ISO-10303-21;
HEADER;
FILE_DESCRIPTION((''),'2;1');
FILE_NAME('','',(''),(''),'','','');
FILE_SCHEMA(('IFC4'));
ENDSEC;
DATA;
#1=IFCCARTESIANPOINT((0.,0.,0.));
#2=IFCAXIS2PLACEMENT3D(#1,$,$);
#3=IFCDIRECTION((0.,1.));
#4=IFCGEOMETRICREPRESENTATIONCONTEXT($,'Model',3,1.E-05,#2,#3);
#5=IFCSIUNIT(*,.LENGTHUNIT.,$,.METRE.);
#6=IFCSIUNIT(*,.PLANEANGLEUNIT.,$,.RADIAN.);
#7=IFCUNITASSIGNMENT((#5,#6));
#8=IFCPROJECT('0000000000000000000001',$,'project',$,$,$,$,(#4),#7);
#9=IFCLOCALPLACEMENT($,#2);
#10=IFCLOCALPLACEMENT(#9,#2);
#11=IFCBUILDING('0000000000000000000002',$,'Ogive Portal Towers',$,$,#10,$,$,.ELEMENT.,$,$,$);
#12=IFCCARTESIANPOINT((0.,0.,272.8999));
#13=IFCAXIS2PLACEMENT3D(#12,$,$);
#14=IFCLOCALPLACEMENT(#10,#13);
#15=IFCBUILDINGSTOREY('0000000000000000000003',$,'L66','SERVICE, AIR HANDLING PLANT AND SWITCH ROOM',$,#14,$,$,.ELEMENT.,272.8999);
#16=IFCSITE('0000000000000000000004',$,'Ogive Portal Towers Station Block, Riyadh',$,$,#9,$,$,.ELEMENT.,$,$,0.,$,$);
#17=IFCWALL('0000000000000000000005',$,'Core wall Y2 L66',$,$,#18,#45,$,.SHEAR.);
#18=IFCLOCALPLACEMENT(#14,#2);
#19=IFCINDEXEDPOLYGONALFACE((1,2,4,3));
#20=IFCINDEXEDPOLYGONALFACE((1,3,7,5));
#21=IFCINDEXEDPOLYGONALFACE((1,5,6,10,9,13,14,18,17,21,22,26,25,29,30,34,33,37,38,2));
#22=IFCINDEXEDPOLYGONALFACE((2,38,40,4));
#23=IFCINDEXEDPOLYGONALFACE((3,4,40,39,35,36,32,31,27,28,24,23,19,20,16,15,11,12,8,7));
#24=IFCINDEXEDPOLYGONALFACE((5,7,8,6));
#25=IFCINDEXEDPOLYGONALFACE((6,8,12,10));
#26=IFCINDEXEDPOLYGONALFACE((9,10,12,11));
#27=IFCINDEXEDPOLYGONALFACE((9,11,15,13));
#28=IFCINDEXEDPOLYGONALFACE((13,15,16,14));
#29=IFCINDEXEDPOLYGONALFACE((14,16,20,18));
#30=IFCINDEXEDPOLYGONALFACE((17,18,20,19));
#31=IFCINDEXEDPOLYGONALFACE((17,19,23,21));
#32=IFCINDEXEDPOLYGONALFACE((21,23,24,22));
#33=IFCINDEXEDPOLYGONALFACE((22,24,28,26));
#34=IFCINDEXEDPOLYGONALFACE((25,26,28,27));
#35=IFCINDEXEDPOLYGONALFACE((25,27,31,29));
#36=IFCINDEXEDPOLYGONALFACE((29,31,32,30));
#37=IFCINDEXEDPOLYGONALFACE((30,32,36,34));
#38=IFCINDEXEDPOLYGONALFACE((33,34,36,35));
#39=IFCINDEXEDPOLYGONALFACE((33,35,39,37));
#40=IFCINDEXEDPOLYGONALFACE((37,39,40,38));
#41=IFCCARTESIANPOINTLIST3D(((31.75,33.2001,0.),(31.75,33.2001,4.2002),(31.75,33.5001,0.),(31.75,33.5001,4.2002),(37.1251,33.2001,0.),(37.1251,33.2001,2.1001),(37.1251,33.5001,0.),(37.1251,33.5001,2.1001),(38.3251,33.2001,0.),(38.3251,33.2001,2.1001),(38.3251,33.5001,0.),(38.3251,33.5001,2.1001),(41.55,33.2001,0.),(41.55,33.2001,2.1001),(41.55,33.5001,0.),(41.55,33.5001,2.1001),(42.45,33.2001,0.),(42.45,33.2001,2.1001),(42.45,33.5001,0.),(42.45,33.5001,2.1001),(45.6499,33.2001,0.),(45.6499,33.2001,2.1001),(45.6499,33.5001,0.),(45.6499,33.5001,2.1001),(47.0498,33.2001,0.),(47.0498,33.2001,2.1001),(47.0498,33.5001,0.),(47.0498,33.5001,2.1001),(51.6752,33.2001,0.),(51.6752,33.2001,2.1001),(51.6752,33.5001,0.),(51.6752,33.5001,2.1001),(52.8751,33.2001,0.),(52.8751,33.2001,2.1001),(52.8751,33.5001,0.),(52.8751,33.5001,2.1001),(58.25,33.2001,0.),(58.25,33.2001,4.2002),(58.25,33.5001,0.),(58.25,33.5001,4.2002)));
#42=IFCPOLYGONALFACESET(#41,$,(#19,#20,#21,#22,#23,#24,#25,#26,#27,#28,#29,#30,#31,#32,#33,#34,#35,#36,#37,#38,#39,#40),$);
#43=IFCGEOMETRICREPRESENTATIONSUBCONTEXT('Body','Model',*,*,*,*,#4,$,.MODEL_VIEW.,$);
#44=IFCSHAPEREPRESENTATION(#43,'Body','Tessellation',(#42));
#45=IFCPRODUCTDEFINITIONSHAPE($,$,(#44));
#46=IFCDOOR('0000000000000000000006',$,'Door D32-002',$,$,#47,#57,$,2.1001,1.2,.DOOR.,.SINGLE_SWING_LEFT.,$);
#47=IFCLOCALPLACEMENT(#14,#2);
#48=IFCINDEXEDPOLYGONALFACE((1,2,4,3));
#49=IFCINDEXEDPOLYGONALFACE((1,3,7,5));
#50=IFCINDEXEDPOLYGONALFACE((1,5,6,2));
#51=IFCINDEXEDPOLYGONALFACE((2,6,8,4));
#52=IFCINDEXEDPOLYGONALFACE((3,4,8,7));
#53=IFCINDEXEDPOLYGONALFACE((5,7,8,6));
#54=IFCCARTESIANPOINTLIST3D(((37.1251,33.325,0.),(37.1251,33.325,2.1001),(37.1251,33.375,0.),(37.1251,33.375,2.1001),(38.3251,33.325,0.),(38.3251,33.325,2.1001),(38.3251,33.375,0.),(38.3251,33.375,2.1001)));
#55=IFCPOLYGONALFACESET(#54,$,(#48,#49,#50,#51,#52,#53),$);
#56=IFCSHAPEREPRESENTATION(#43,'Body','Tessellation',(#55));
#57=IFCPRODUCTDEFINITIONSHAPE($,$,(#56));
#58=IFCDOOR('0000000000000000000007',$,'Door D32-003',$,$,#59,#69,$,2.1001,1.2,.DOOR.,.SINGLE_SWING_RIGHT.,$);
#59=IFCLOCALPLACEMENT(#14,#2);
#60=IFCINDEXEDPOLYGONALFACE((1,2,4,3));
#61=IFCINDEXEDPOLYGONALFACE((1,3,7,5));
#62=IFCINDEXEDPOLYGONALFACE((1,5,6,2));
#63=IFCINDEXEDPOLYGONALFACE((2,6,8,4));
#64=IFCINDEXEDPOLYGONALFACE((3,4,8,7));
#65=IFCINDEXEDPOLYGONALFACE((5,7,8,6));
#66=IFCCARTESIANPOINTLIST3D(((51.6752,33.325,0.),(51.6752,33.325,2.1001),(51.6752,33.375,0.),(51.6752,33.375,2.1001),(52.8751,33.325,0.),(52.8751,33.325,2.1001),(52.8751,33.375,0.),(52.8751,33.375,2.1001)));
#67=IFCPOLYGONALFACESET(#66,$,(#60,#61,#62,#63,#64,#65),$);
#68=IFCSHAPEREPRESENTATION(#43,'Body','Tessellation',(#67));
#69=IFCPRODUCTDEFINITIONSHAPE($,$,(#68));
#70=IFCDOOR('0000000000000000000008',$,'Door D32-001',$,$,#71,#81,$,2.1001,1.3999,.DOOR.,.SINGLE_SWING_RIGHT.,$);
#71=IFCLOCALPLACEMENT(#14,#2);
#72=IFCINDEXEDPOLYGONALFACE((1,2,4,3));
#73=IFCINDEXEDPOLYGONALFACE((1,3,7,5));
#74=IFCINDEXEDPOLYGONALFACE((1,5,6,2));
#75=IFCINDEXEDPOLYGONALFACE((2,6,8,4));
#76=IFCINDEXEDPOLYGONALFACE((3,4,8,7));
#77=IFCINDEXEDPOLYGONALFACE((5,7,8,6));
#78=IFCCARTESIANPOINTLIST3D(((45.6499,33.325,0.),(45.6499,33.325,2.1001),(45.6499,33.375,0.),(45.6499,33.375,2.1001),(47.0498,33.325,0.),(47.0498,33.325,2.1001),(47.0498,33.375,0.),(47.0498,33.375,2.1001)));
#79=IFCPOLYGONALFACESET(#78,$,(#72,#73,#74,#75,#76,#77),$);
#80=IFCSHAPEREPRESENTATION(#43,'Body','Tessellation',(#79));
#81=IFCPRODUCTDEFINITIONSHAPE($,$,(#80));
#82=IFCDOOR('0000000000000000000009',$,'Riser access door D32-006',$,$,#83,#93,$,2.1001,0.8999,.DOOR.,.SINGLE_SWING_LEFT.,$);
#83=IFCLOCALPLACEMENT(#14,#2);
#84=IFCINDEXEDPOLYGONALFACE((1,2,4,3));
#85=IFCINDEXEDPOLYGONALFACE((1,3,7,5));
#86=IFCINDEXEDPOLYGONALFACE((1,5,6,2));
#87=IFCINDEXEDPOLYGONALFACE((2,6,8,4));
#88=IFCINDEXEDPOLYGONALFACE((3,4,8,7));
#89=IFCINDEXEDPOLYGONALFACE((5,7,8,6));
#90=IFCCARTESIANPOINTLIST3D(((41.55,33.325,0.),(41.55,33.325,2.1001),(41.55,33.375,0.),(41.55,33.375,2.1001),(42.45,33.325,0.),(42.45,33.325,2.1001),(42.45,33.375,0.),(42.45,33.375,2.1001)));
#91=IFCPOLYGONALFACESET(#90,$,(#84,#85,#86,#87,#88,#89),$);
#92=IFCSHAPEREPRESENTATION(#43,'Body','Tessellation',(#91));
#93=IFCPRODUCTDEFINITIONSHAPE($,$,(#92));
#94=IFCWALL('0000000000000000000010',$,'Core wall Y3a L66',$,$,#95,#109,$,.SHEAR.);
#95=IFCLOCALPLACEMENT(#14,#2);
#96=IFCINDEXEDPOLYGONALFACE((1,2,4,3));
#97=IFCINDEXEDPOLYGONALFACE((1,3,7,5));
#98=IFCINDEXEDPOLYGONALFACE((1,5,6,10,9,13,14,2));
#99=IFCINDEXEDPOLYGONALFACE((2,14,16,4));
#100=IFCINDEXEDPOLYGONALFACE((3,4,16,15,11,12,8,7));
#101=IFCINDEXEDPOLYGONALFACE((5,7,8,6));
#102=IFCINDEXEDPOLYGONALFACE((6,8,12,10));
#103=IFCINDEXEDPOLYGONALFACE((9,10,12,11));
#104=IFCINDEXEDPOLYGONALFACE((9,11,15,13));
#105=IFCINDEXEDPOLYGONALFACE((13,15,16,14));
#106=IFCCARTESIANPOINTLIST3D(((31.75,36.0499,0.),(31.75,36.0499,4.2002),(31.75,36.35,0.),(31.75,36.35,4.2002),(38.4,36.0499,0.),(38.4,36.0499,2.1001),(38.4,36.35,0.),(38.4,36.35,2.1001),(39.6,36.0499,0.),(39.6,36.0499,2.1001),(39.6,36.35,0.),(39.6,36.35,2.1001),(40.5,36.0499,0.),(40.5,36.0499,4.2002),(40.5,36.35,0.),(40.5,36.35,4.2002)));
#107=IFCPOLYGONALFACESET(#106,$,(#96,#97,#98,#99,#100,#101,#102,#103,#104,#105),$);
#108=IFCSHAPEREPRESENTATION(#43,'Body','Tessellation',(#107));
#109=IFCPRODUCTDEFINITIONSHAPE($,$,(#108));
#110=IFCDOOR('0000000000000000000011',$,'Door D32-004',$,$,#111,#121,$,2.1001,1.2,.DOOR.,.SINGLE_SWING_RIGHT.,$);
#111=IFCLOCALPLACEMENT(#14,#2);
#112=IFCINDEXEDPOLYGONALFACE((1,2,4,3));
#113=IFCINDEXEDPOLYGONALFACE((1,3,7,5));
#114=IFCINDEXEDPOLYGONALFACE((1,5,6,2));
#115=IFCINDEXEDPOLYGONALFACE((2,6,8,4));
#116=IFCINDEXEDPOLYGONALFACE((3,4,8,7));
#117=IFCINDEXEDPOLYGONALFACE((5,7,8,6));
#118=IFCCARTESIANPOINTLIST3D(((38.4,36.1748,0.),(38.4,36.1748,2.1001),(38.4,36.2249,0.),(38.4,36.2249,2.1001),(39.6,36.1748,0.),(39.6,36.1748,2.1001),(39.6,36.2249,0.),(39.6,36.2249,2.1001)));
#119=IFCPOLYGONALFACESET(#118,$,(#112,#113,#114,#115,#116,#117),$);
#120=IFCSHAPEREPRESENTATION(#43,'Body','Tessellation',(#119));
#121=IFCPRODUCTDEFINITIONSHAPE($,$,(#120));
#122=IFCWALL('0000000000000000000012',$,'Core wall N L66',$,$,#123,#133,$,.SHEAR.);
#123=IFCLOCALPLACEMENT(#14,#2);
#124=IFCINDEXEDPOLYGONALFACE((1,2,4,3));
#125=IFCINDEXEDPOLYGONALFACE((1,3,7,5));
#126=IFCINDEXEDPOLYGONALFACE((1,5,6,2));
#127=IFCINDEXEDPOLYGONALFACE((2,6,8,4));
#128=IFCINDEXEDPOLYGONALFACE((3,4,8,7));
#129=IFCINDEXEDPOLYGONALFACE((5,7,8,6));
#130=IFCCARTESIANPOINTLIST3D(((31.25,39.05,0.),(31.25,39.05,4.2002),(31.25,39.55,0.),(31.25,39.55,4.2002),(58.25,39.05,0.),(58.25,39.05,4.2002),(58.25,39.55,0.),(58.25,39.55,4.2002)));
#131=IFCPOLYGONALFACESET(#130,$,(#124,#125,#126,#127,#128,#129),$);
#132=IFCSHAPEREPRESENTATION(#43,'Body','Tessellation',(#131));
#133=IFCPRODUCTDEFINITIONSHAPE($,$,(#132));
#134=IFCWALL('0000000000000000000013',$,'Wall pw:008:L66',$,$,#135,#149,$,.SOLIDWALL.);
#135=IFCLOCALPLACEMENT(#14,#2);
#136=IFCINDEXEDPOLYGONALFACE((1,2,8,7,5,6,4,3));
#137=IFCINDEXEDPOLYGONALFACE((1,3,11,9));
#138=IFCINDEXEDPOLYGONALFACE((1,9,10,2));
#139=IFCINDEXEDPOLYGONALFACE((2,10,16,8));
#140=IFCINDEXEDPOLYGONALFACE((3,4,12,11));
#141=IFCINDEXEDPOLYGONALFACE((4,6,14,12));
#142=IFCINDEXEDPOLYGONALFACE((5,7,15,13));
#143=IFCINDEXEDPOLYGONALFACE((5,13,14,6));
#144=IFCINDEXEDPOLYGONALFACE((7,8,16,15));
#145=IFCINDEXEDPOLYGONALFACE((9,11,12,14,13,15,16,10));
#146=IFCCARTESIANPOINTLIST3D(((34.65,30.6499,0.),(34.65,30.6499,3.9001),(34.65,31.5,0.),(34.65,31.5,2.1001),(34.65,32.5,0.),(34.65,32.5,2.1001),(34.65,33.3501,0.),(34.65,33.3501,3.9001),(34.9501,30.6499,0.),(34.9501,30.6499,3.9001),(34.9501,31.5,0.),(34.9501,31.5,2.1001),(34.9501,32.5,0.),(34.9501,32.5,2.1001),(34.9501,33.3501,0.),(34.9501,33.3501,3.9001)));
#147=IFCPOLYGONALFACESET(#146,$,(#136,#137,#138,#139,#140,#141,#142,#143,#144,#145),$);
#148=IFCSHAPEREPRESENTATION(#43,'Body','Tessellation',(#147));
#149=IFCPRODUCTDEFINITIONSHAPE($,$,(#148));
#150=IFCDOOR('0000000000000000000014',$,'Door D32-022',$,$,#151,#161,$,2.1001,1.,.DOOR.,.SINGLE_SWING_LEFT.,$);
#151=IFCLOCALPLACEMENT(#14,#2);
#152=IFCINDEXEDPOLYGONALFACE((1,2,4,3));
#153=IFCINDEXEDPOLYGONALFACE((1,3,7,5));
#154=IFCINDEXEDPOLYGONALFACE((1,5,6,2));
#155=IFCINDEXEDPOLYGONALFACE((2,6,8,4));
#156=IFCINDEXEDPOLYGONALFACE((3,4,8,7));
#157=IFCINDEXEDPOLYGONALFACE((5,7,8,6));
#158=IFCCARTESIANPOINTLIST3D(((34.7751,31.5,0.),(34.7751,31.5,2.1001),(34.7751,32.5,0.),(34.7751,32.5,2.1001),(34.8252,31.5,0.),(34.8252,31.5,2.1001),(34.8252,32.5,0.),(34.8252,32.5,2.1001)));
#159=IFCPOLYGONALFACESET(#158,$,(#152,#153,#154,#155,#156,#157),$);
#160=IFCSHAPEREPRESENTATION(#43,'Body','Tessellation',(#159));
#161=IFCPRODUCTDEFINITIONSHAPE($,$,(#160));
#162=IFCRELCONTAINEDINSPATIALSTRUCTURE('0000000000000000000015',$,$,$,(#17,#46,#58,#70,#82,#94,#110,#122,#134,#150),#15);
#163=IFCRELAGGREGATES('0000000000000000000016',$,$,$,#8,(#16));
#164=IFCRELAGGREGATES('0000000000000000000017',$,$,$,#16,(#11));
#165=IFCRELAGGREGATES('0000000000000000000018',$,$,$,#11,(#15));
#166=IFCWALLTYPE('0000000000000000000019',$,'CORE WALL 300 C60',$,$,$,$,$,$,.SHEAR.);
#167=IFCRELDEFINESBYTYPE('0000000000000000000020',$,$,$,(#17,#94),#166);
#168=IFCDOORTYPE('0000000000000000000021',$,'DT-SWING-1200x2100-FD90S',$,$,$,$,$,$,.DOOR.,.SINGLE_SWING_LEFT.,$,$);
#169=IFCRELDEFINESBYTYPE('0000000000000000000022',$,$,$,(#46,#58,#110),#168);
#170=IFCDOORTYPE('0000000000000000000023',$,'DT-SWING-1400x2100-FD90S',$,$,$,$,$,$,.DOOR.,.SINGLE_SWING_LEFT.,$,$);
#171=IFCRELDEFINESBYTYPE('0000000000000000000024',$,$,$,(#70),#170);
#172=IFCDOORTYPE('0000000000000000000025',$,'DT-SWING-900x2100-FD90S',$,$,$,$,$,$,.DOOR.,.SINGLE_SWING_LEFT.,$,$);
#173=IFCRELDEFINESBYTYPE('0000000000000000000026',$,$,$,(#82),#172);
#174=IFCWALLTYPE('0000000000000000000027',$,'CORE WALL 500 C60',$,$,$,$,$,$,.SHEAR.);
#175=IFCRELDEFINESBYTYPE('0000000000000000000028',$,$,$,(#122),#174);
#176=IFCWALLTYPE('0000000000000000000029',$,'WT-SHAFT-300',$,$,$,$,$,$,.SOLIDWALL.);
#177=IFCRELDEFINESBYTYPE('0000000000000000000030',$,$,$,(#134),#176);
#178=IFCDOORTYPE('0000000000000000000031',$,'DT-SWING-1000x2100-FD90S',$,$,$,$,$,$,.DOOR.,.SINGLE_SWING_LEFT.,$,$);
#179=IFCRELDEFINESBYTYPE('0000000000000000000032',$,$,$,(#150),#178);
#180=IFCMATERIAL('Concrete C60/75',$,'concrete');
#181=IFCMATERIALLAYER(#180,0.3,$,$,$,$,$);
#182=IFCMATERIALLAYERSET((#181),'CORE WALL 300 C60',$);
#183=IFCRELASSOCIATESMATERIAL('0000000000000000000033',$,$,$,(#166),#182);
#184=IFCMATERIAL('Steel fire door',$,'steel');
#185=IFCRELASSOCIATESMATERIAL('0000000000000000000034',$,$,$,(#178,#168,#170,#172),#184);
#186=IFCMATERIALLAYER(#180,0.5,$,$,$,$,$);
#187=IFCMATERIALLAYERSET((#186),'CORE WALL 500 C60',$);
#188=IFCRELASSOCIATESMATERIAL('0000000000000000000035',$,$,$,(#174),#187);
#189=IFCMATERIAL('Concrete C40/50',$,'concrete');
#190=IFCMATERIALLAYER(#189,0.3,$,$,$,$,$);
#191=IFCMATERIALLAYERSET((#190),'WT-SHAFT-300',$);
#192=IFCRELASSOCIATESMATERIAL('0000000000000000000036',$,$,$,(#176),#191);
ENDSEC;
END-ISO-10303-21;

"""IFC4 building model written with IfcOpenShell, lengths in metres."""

from ifc_helpers import new_model, si_unit, direction, frame, frame_2d, origin, place, context, subcontext, project, spatial, rectangle, extrude, material, layer, layer_set, type_object, element, fill, save


model = new_model("IFC4")

# Units and contexts
model_context = context("Model", 3, precision=1e-05, world=origin(), true_north=direction((0.0, 1.0)))
body_context = subcontext(model_context, "Body", "Model", "MODEL_VIEW")
ifc_project = project(units=[si_unit("LENGTHUNIT", "METRE"), si_unit("PLANEANGLEUNIT", "RADIAN")], contexts=[model_context])

# Site, building, storey
site_placement = place(None, origin())
site = spatial("IfcSite", under=ifc_project, at=site_placement, Name="Ogive Portal Towers Station Block, Riyadh", CompositionType="ELEMENT", RefElevation=0.0)
building_placement = place(site_placement, origin())
building = spatial("IfcBuilding", under=site, at=building_placement, Name="Ogive Portal Towers", CompositionType="ELEMENT")
storey_placement = place(building_placement, frame((0.0, 0.0, 272.8999)))
storey = spatial("IfcBuildingStorey", under=building, at=storey_placement, Name="L66", Description="SERVICE, AIR HANDLING PLANT AND SWITCH ROOM", CompositionType="ELEMENT", Elevation=272.8999)

# Wall, openings, doors
ifc_material_1 = material(Name="Concrete C60/75", Category="concrete")
ifc_layer_1 = layer(ifc_material_1, 0.3)
ifc_layer_set_1 = layer_set([ifc_layer_1], Name="CORE WALL 300 C60")
wall_type_1 = type_object("IfcWallType", Name="CORE WALL 300 C60", PredefinedType="SHEAR", material=ifc_layer_set_1)
ifc_material_2 = material(Name="Steel fire door", Category="steel")
door_type_1 = type_object("IfcDoorType", Name="DT-SWING-1000x2100-FD90S", OperationType="SINGLE_SWING_LEFT", PredefinedType="DOOR", material=ifc_material_2)
wall_1_placement = place(storey_placement, frame((31.75, 33.3501, 0.0), z_axis=(0.0, 0.0, 1.0), x_axis=(1.0, 0.0, 0.0)))
wall_1 = element("IfcWall", 1, at=wall_1_placement, inside=storey, type_object=wall_type_1, Name="Core wall Y2 L66", PredefinedType="SHEAR", context=body_context, shape_type="SweptSolid", body=[
    extrude(rectangle(XDim=26.5, YDim=0.3, at=frame_2d((13.25, 0.0))), origin(), (0.0, 0.0, 1.0), 4.2002),
])
opening_1_placement = place(wall_1_placement, frame((13.8999, 0.0, 0.0)))
opening_1 = element("IfcOpeningElement", 2, at=opening_1_placement, cuts=wall_1, PredefinedType="OPENING", context=body_context, shape_type="SweptSolid", body=[
    extrude(rectangle(XDim=1.3999, YDim=2.1001, at=frame_2d((0.7, 1.05))), frame((0.0, 0.1602, 0.0), z_axis=(0.0, -1.0, 0.0), x_axis=(1.0, 0.0, 0.0)), (0.0, 0.0, 1.0), 0.3201),
])
opening_2_placement = place(wall_1_placement, frame((5.375, 0.0, 0.0)))
opening_2 = element("IfcOpeningElement", 3, at=opening_2_placement, cuts=wall_1, PredefinedType="OPENING", context=body_context, shape_type="SweptSolid", body=[
    extrude(rectangle(XDim=1.2, YDim=2.1001, at=frame_2d((0.6001, 1.05))), frame((0.0, 0.1602, 0.0), z_axis=(0.0, -1.0, 0.0), x_axis=(1.0, 0.0, 0.0)), (0.0, 0.0, 1.0), 0.3201),
])
opening_3_placement = place(wall_1_placement, frame((19.925, 0.0, 0.0)))
opening_3 = element("IfcOpeningElement", 4, at=opening_3_placement, cuts=wall_1, PredefinedType="OPENING", context=body_context, shape_type="SweptSolid", body=[
    extrude(rectangle(XDim=1.2, YDim=2.1001, at=frame_2d((0.6001, 1.05))), frame((0.0, 0.1602, 0.0), z_axis=(0.0, -1.0, 0.0), x_axis=(1.0, 0.0, 0.0)), (0.0, 0.0, 1.0), 0.3201),
])
opening_4_placement = place(wall_1_placement, frame((9.8, 0.0, 0.0)))
opening_4 = element("IfcOpeningElement", 5, at=opening_4_placement, cuts=wall_1, PredefinedType="OPENING", context=body_context, shape_type="SweptSolid", body=[
    extrude(rectangle(XDim=0.8999, YDim=2.1001, at=frame_2d((0.45, 1.05))), frame((0.0, 0.1602, 0.0), z_axis=(0.0, -1.0, 0.0), x_axis=(1.0, 0.0, 0.0)), (0.0, 0.0, 1.0), 0.3201),
])
door_type_2 = type_object("IfcDoorType", Name="DT-SWING-1200x2100-FD90S", OperationType="SINGLE_SWING_LEFT", PredefinedType="DOOR", material=ifc_material_2)
door_1_placement = place(opening_2_placement, origin())
door_1 = element("IfcDoor", 6, at=door_1_placement, inside=storey, type_object=door_type_2, Name="Door D32-002", OperationType="SINGLE_SWING_LEFT", OverallHeight=2.1001, OverallWidth=1.2, PredefinedType="DOOR", context=body_context, shape_type="SweptSolid", body=[
    extrude(rectangle(XDim=1.2, YDim=2.1001, at=frame_2d((0.6001, 1.05))), frame((0.0, 0.0249, 0.0), z_axis=(0.0, -1.0, 0.0), x_axis=(1.0, 0.0, 0.0)), (0.0, 0.0, 1.0), 0.05),
])
fill(opening_2, door_1)
door_2_placement = place(opening_3_placement, origin())
door_2 = element("IfcDoor", 7, at=door_2_placement, inside=storey, type_object=door_type_2, Name="Door D32-003", OperationType="SINGLE_SWING_RIGHT", OverallHeight=2.1001, OverallWidth=1.2, PredefinedType="DOOR", context=body_context, shape_type="SweptSolid", body=[
    extrude(rectangle(XDim=1.2, YDim=2.1001, at=frame_2d((0.6001, 1.05))), frame((0.0, 0.0249, 0.0), z_axis=(0.0, -1.0, 0.0), x_axis=(1.0, 0.0, 0.0)), (0.0, 0.0, 1.0), 0.05),
])
fill(opening_3, door_2)
door_type_3 = type_object("IfcDoorType", Name="DT-SWING-1400x2100-FD90S", OperationType="SINGLE_SWING_LEFT", PredefinedType="DOOR", material=ifc_material_2)
door_3_placement = place(opening_1_placement, origin())
door_3 = element("IfcDoor", 8, at=door_3_placement, inside=storey, type_object=door_type_3, Name="Door D32-001", OperationType="SINGLE_SWING_RIGHT", OverallHeight=2.1001, OverallWidth=1.3999, PredefinedType="DOOR", context=body_context, shape_type="SweptSolid", body=[
    extrude(rectangle(XDim=1.3999, YDim=2.1001, at=frame_2d((0.7, 1.05))), frame((0.0, 0.0249, 0.0), z_axis=(0.0, -1.0, 0.0), x_axis=(1.0, 0.0, 0.0)), (0.0, 0.0, 1.0), 0.05),
])
fill(opening_1, door_3)
door_type_4 = type_object("IfcDoorType", Name="DT-SWING-900x2100-FD90S", OperationType="SINGLE_SWING_LEFT", PredefinedType="DOOR", material=ifc_material_2)
door_4_placement = place(opening_4_placement, origin())
door_4 = element("IfcDoor", 9, at=door_4_placement, inside=storey, type_object=door_type_4, Name="Riser access door D32-006", OperationType="SINGLE_SWING_LEFT", OverallHeight=2.1001, OverallWidth=0.8999, PredefinedType="DOOR", context=body_context, shape_type="SweptSolid", body=[
    extrude(rectangle(XDim=0.8999, YDim=2.1001, at=frame_2d((0.45, 1.05))), frame((0.0, 0.0249, 0.0), z_axis=(0.0, -1.0, 0.0), x_axis=(1.0, 0.0, 0.0)), (0.0, 0.0, 1.0), 0.05),
])
fill(opening_4, door_4)

# Wall, opening, door
wall_2_placement = place(storey_placement, frame((31.75, 36.2, 0.0), z_axis=(0.0, 0.0, 1.0), x_axis=(1.0, 0.0, 0.0)))
wall_2 = element("IfcWall", 10, at=wall_2_placement, inside=storey, type_object=wall_type_1, Name="Core wall Y3a L66", PredefinedType="SHEAR", context=body_context, shape_type="SweptSolid", body=[
    extrude(rectangle(XDim=8.75, YDim=0.3, at=frame_2d((4.375, 0.0))), origin(), (0.0, 0.0, 1.0), 4.2002),
])
opening_5_placement = place(wall_2_placement, frame((6.6499, 0.0, 0.0)))
opening_5 = element("IfcOpeningElement", 11, at=opening_5_placement, cuts=wall_2, PredefinedType="OPENING", context=body_context, shape_type="SweptSolid", body=[
    extrude(rectangle(XDim=1.2, YDim=2.1001, at=frame_2d((0.6001, 1.05))), frame((0.0, 0.1602, 0.0), z_axis=(0.0, -1.0, 0.0), x_axis=(1.0, 0.0, 0.0)), (0.0, 0.0, 1.0), 0.3201),
])
door_5_placement = place(opening_5_placement, origin())
door_5 = element("IfcDoor", 12, at=door_5_placement, inside=storey, type_object=door_type_2, Name="Door D32-004", OperationType="SINGLE_SWING_RIGHT", OverallHeight=2.1001, OverallWidth=1.2, PredefinedType="DOOR", context=body_context, shape_type="SweptSolid", body=[
    extrude(rectangle(XDim=1.2, YDim=2.1001, at=frame_2d((0.6001, 1.05))), frame((0.0, 0.0249, 0.0), z_axis=(0.0, -1.0, 0.0), x_axis=(1.0, 0.0, 0.0)), (0.0, 0.0, 1.0), 0.05),
])
fill(opening_5, door_5)

# Wall
ifc_layer_2 = layer(ifc_material_1, 0.5)
ifc_layer_set_2 = layer_set([ifc_layer_2], Name="CORE WALL 500 C60")
wall_type_2 = type_object("IfcWallType", Name="CORE WALL 500 C60", PredefinedType="SHEAR", material=ifc_layer_set_2)
wall_3_placement = place(storey_placement, frame((31.25, 39.3, 0.0), z_axis=(0.0, 0.0, 1.0), x_axis=(1.0, 0.0, 0.0)))
element("IfcWall", 13, at=wall_3_placement, inside=storey, type_object=wall_type_2, Name="Core wall N L66", PredefinedType="SHEAR", context=body_context, shape_type="SweptSolid", body=[
    extrude(rectangle(XDim=27.0, YDim=0.5, at=frame_2d((13.5, 0.0))), origin(), (0.0, 0.0, 1.0), 4.2002),
])

# Wall, opening, door
ifc_material_3 = material(Name="Concrete C40/50", Category="concrete")
ifc_layer_3 = layer(ifc_material_3, 0.3)
ifc_layer_set_3 = layer_set([ifc_layer_3], Name="WT-SHAFT-300")
wall_type_3 = type_object("IfcWallType", Name="WT-SHAFT-300", PredefinedType="SOLIDWALL", material=ifc_layer_set_3)
wall_4_placement = place(storey_placement, frame((34.8, 30.6499, 0.0), z_axis=(0.0, 0.0, 1.0), x_axis=(0.0, 1.0, 0.0)))
wall_4 = element("IfcWall", 14, at=wall_4_placement, inside=storey, type_object=wall_type_3, Name="Wall pw:008:L66", PredefinedType="SOLIDWALL", context=body_context, shape_type="SweptSolid", body=[
    extrude(rectangle(XDim=2.7002, YDim=0.3, at=frame_2d((1.3501, 0.0))), origin(), (0.0, 0.0, 1.0), 3.9001),
])
opening_6_placement = place(wall_4_placement, frame((0.8501, 0.0, 0.0)))
opening_6 = element("IfcOpeningElement", 15, at=opening_6_placement, cuts=wall_4, PredefinedType="OPENING", context=body_context, shape_type="SweptSolid", body=[
    extrude(rectangle(XDim=1.0, YDim=2.1001, at=frame_2d((0.5, 1.05))), frame((0.0, 0.1602, 0.0), z_axis=(0.0, -1.0, 0.0), x_axis=(1.0, 0.0, 0.0)), (0.0, 0.0, 1.0), 0.3201),
])
door_6_placement = place(opening_6_placement, origin())
door_6 = element("IfcDoor", 16, at=door_6_placement, inside=storey, type_object=door_type_1, Name="Door D32-022", OperationType="SINGLE_SWING_LEFT", OverallHeight=2.1001, OverallWidth=1.0, PredefinedType="DOOR", context=body_context, shape_type="SweptSolid", body=[
    extrude(rectangle(XDim=1.0, YDim=2.1001, at=frame_2d((0.5, 1.05))), frame((0.0, 0.0249, 0.0), z_axis=(0.0, -1.0, 0.0), x_axis=(1.0, 0.0, 0.0)), (0.0, 0.0, 1.0), 0.05),
])
fill(opening_6, door_6)

save(model, "model.ifc")
